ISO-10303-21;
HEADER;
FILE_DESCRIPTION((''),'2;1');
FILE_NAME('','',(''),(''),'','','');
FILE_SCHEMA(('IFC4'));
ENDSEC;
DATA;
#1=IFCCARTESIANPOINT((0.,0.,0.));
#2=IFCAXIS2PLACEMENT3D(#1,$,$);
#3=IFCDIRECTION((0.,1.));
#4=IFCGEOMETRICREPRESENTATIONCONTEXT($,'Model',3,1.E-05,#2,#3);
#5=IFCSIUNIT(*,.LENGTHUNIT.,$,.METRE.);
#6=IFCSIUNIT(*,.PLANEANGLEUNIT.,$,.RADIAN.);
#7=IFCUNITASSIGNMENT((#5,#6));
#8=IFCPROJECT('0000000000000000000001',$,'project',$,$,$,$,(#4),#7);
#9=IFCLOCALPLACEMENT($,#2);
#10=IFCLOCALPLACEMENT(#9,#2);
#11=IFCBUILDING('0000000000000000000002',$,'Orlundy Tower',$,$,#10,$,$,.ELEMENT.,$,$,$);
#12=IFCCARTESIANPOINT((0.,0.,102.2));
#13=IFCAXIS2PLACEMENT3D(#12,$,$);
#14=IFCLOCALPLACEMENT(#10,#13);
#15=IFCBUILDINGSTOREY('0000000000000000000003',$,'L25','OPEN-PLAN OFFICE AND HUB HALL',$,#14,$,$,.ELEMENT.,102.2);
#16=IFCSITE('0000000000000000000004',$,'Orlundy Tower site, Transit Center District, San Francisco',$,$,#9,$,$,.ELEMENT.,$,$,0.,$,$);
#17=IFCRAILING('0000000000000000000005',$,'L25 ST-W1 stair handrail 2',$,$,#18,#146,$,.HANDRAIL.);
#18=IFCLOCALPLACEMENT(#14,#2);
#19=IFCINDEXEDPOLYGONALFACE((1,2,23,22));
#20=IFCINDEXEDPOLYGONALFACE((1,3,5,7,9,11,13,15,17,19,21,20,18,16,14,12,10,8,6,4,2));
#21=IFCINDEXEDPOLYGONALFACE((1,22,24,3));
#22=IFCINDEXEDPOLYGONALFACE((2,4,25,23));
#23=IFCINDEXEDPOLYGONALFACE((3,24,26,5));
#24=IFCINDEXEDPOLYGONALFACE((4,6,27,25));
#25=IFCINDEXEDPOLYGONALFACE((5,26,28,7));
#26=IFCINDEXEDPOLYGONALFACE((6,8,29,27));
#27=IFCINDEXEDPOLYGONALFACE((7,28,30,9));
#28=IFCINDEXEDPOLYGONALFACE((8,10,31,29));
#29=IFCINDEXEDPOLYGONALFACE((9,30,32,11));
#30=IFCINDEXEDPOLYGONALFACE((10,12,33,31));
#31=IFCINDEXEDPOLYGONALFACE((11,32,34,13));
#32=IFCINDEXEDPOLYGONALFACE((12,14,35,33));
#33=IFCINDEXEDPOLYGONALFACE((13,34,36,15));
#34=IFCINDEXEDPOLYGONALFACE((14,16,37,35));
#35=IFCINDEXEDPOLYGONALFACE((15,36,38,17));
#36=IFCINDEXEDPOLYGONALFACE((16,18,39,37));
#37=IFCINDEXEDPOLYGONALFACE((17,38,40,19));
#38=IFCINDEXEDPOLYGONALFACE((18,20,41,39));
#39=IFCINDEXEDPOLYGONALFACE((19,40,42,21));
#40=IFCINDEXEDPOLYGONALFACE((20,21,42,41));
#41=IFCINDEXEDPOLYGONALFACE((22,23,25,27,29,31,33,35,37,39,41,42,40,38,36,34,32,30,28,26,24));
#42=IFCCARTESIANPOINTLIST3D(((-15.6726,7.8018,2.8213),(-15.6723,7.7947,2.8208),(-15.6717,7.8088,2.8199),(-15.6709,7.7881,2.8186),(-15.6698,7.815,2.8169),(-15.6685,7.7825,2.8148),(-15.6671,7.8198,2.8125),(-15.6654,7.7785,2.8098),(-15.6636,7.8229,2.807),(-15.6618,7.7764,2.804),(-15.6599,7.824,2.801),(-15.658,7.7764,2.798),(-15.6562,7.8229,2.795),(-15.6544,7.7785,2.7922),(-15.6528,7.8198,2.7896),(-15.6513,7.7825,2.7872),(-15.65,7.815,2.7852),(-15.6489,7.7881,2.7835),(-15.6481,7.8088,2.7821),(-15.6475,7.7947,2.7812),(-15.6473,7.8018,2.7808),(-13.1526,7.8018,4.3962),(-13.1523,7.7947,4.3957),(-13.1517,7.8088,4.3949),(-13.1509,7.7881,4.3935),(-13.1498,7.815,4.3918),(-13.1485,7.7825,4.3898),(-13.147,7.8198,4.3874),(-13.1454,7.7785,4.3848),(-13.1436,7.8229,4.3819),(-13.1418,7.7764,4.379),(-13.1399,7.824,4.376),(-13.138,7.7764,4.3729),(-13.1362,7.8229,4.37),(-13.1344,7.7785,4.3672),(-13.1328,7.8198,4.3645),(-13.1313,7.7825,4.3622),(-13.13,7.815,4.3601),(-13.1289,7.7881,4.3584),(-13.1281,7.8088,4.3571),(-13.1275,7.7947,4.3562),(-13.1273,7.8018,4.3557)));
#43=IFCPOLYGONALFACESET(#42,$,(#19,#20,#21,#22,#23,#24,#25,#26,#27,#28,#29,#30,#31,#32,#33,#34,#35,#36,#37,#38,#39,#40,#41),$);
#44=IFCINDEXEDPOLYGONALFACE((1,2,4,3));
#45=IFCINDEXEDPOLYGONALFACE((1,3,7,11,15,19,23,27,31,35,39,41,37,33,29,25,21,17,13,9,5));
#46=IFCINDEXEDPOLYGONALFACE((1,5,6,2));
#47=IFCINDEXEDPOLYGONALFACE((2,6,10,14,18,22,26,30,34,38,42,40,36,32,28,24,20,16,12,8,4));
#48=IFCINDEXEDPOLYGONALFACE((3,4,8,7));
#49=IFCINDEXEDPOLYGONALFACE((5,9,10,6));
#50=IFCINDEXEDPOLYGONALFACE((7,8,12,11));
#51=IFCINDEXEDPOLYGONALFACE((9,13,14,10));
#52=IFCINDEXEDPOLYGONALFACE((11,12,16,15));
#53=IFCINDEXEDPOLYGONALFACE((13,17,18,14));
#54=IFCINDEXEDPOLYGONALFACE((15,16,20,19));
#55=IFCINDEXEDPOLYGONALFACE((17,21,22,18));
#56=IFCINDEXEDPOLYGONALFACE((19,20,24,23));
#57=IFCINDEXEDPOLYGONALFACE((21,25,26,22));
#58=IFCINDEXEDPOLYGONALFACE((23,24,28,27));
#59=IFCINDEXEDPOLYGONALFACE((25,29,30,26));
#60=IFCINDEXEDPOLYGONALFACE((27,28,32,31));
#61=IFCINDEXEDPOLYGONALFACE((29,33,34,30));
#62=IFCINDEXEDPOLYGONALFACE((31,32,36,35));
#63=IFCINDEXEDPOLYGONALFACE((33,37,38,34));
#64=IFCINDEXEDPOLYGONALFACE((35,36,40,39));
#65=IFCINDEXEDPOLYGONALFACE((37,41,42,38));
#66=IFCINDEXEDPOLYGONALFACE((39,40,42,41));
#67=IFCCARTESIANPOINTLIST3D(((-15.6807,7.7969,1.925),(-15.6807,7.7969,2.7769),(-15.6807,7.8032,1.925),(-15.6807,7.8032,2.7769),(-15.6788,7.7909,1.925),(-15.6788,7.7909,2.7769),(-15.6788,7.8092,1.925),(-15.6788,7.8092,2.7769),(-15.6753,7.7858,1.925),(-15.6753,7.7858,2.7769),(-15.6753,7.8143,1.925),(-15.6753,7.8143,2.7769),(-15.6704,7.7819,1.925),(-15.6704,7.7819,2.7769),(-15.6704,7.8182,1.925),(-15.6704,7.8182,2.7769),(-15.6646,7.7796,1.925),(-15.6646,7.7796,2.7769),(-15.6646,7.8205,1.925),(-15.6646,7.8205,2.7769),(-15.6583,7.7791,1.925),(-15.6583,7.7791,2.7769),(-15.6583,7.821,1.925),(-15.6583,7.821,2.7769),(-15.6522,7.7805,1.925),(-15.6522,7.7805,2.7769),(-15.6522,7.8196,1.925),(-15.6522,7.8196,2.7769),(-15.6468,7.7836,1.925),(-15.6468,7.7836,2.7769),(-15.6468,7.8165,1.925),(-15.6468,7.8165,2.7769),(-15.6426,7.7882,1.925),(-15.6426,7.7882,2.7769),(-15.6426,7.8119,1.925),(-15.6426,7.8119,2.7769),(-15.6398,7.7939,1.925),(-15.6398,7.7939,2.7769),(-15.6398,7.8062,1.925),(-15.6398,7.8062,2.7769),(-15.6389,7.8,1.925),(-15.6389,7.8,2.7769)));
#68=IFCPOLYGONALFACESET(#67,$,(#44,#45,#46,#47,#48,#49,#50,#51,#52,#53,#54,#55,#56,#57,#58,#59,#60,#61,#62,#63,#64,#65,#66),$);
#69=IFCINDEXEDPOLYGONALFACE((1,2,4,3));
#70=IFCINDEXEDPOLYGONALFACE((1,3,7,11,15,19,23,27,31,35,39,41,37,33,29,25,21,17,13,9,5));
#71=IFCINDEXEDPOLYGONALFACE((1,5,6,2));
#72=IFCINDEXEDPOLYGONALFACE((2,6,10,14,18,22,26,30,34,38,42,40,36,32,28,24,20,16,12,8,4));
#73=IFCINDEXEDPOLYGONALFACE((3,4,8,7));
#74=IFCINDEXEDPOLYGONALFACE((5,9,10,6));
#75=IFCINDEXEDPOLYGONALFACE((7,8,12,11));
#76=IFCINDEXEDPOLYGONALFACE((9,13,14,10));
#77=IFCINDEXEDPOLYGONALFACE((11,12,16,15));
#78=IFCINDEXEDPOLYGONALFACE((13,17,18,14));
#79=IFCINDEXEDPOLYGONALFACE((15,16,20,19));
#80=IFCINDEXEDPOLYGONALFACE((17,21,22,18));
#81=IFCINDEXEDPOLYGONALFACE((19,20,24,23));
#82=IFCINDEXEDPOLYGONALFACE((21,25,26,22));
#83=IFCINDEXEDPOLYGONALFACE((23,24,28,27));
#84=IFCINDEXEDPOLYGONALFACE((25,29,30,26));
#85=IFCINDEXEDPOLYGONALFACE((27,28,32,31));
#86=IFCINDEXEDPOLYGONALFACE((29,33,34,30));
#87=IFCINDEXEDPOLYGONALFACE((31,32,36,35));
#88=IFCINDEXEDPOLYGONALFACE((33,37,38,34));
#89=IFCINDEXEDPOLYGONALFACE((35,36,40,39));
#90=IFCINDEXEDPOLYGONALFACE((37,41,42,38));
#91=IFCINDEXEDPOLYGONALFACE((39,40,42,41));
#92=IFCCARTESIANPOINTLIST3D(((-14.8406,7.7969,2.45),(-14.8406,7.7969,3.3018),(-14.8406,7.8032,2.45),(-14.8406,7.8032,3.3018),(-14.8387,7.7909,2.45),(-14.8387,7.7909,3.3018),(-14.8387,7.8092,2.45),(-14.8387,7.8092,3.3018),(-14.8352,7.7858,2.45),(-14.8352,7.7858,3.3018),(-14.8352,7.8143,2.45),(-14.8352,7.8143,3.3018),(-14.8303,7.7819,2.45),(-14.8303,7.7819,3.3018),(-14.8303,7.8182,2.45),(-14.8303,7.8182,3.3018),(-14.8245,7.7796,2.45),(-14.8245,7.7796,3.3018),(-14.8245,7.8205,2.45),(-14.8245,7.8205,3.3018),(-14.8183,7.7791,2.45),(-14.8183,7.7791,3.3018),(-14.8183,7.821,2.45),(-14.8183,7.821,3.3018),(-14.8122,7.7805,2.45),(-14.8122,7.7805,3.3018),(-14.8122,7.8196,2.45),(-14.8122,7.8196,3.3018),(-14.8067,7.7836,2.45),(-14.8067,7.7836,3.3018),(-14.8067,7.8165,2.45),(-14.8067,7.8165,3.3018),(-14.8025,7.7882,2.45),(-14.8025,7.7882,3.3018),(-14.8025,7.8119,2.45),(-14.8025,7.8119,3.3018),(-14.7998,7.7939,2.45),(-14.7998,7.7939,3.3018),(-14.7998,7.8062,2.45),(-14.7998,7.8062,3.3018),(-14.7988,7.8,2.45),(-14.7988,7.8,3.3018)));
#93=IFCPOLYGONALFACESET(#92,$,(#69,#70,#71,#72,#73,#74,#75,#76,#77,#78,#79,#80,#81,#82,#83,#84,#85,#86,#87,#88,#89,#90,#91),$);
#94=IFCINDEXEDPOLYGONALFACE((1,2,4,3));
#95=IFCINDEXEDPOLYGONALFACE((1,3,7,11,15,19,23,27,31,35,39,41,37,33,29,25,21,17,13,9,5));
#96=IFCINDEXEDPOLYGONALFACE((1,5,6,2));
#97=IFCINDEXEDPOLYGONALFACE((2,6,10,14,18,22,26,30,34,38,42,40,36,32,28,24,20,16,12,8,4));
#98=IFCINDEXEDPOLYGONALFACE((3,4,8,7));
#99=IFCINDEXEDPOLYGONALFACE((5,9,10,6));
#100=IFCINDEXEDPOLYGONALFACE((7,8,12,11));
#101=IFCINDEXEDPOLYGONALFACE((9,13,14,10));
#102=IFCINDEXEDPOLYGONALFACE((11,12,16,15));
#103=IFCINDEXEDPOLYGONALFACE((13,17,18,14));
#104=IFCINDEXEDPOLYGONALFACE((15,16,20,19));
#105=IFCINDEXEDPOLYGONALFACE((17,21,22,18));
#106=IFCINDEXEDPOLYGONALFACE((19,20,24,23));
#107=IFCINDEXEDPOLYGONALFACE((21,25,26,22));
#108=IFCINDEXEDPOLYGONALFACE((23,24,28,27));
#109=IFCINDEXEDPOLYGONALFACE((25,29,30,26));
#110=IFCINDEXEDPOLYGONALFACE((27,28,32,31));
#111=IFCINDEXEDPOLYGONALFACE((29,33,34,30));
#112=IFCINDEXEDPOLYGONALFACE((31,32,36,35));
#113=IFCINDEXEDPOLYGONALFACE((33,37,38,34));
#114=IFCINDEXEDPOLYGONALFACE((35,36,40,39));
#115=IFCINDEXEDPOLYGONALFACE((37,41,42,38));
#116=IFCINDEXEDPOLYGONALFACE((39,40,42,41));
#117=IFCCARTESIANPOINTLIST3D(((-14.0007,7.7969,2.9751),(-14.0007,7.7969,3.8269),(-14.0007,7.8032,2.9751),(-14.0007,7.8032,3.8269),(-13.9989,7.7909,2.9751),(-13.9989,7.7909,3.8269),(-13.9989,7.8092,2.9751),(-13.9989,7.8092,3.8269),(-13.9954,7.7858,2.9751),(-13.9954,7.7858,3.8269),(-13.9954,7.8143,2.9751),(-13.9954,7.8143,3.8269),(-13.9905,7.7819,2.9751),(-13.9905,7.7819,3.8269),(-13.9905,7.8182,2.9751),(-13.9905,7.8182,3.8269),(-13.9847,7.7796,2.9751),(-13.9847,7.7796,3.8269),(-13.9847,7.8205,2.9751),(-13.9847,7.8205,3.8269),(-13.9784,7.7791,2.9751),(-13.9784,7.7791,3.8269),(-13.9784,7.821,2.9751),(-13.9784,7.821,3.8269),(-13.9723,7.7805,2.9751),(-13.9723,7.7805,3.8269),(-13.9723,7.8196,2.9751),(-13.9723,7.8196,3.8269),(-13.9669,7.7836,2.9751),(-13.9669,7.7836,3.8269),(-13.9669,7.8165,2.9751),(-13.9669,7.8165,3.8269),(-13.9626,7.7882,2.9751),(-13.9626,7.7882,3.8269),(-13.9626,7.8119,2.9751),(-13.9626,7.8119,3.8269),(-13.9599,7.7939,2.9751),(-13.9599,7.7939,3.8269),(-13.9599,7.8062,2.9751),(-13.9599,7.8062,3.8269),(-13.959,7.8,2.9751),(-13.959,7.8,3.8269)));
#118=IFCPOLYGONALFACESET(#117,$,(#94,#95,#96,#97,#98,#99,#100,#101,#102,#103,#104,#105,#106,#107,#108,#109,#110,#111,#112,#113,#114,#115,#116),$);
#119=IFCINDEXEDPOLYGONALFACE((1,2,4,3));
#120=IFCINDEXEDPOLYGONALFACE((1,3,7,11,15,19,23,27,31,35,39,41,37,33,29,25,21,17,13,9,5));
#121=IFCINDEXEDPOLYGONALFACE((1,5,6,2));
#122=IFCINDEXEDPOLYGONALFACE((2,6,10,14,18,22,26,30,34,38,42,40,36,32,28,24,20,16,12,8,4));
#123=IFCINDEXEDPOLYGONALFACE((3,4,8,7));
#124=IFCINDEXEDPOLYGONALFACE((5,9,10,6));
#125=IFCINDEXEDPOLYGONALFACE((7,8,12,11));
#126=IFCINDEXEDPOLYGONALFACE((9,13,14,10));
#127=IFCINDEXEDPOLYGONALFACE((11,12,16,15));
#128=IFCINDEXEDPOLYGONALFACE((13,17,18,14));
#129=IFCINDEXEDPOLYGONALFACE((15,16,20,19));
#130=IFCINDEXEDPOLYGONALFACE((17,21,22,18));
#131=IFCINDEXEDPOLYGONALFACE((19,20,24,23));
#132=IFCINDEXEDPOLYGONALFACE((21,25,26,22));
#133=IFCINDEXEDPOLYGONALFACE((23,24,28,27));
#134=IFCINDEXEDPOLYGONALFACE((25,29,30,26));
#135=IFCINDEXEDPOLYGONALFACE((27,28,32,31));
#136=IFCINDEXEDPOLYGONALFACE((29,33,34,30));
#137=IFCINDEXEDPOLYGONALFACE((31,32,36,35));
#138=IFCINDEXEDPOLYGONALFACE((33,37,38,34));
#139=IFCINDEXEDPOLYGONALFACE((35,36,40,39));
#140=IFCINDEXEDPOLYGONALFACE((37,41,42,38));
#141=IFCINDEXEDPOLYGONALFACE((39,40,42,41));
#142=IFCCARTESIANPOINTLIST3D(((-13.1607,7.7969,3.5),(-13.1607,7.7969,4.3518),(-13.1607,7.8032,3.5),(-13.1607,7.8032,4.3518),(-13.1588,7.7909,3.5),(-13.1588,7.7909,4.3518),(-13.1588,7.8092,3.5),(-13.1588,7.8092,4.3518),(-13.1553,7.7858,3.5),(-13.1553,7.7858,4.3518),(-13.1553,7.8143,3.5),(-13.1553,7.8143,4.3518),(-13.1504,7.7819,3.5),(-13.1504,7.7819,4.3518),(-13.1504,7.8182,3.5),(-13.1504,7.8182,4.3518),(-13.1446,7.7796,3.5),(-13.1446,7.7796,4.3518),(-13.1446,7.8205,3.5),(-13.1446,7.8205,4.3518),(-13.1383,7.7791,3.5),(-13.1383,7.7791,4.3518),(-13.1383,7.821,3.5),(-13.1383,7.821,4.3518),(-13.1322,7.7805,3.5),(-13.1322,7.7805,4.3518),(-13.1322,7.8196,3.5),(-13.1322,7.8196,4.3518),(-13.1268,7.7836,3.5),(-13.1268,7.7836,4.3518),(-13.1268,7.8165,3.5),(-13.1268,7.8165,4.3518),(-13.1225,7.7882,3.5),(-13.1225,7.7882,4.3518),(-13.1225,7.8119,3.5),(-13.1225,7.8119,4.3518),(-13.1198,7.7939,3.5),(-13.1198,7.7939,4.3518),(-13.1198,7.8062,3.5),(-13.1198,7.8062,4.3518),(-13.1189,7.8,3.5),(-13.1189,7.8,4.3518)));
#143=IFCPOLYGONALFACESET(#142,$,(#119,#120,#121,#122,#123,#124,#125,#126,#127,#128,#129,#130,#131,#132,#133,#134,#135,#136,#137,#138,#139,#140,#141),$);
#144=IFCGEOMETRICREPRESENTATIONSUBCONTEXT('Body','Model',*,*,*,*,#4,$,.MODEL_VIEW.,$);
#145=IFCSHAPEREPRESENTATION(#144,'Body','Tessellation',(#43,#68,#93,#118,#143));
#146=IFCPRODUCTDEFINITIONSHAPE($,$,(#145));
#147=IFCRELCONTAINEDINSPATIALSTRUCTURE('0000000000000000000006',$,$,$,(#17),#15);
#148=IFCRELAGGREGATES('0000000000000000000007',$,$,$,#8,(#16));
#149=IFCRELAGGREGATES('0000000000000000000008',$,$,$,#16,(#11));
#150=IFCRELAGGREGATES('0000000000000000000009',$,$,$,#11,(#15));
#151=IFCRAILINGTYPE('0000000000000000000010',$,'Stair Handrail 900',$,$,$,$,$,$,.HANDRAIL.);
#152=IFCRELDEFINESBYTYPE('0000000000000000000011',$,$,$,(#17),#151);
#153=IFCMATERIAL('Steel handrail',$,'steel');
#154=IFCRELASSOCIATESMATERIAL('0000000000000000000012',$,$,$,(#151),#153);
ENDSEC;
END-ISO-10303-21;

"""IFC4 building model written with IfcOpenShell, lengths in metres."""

from ifc_helpers import new_model, si_unit, direction, frame, origin, origin_2d, place, context, subcontext, project, spatial, circle, extrude, material, type_object, element, save


model = new_model("IFC4")

# Units and contexts
model_context = context("Model", 3, precision=1e-05, world=origin(), true_north=direction((0.0, 1.0)))
body_context = subcontext(model_context, "Body", "Model", "MODEL_VIEW")
ifc_project = project(units=[si_unit("LENGTHUNIT", "METRE"), si_unit("PLANEANGLEUNIT", "RADIAN")], contexts=[model_context])

# Site, building, storey
site_placement = place(None, origin())
site = spatial("IfcSite", under=ifc_project, at=site_placement, Name="Orlundy Tower site, Transit Center District, San Francisco", CompositionType="ELEMENT", RefElevation=0.0)
building_placement = place(site_placement, origin())
building = spatial("IfcBuilding", under=site, at=building_placement, Name="Orlundy Tower", CompositionType="ELEMENT")
storey_placement = place(building_placement, frame((0.0, 0.0, 102.2)))
storey = spatial("IfcBuildingStorey", under=building, at=storey_placement, Name="L25", Description="OPEN-PLAN OFFICE AND HUB HALL", CompositionType="ELEMENT", Elevation=102.2)

# Railing
ifc_material_1 = material(Name="Steel handrail", Category="steel")
railing_type_1 = type_object("IfcRailingType", Name="Stair Handrail 900", PredefinedType="HANDRAIL", material=ifc_material_1)
railing_1_placement = place(storey_placement, frame((-15.6599, 7.8, 1.925)))
element("IfcRailing", 1, at=railing_1_placement, inside=storey, type_object=railing_type_1, Name="L25 ST-W1 stair handrail 2", PredefinedType="HANDRAIL", context=body_context, shape_type="SweptSolid", body=[
    extrude(circle(Radius=0.0239, at=origin_2d()), frame((0.0, 0.0, 0.876), z_axis=(0.848008, 0.0, 0.529984), x_axis=(0.0, 1.0, 0.0)), (0.0, 0.0, 1.0), 2.9717),
    extrude(circle(Radius=0.021, at=origin_2d()), origin(), (0.0, 0.0, 1.0), 0.8518),
    extrude(circle(Radius=0.021, at=origin_2d()), frame((0.8401, 0.0, 0.5249)), (0.0, 0.0, 1.0), 0.8518),
    extrude(circle(Radius=0.021, at=origin_2d()), frame((1.6799, 0.0, 1.05)), (0.0, 0.0, 1.0), 0.8518),
    extrude(circle(Radius=0.021, at=origin_2d()), frame((2.52, 0.0, 1.575)), (0.0, 0.0, 1.0), 0.8518),
])

save(model, "model.ifc")
